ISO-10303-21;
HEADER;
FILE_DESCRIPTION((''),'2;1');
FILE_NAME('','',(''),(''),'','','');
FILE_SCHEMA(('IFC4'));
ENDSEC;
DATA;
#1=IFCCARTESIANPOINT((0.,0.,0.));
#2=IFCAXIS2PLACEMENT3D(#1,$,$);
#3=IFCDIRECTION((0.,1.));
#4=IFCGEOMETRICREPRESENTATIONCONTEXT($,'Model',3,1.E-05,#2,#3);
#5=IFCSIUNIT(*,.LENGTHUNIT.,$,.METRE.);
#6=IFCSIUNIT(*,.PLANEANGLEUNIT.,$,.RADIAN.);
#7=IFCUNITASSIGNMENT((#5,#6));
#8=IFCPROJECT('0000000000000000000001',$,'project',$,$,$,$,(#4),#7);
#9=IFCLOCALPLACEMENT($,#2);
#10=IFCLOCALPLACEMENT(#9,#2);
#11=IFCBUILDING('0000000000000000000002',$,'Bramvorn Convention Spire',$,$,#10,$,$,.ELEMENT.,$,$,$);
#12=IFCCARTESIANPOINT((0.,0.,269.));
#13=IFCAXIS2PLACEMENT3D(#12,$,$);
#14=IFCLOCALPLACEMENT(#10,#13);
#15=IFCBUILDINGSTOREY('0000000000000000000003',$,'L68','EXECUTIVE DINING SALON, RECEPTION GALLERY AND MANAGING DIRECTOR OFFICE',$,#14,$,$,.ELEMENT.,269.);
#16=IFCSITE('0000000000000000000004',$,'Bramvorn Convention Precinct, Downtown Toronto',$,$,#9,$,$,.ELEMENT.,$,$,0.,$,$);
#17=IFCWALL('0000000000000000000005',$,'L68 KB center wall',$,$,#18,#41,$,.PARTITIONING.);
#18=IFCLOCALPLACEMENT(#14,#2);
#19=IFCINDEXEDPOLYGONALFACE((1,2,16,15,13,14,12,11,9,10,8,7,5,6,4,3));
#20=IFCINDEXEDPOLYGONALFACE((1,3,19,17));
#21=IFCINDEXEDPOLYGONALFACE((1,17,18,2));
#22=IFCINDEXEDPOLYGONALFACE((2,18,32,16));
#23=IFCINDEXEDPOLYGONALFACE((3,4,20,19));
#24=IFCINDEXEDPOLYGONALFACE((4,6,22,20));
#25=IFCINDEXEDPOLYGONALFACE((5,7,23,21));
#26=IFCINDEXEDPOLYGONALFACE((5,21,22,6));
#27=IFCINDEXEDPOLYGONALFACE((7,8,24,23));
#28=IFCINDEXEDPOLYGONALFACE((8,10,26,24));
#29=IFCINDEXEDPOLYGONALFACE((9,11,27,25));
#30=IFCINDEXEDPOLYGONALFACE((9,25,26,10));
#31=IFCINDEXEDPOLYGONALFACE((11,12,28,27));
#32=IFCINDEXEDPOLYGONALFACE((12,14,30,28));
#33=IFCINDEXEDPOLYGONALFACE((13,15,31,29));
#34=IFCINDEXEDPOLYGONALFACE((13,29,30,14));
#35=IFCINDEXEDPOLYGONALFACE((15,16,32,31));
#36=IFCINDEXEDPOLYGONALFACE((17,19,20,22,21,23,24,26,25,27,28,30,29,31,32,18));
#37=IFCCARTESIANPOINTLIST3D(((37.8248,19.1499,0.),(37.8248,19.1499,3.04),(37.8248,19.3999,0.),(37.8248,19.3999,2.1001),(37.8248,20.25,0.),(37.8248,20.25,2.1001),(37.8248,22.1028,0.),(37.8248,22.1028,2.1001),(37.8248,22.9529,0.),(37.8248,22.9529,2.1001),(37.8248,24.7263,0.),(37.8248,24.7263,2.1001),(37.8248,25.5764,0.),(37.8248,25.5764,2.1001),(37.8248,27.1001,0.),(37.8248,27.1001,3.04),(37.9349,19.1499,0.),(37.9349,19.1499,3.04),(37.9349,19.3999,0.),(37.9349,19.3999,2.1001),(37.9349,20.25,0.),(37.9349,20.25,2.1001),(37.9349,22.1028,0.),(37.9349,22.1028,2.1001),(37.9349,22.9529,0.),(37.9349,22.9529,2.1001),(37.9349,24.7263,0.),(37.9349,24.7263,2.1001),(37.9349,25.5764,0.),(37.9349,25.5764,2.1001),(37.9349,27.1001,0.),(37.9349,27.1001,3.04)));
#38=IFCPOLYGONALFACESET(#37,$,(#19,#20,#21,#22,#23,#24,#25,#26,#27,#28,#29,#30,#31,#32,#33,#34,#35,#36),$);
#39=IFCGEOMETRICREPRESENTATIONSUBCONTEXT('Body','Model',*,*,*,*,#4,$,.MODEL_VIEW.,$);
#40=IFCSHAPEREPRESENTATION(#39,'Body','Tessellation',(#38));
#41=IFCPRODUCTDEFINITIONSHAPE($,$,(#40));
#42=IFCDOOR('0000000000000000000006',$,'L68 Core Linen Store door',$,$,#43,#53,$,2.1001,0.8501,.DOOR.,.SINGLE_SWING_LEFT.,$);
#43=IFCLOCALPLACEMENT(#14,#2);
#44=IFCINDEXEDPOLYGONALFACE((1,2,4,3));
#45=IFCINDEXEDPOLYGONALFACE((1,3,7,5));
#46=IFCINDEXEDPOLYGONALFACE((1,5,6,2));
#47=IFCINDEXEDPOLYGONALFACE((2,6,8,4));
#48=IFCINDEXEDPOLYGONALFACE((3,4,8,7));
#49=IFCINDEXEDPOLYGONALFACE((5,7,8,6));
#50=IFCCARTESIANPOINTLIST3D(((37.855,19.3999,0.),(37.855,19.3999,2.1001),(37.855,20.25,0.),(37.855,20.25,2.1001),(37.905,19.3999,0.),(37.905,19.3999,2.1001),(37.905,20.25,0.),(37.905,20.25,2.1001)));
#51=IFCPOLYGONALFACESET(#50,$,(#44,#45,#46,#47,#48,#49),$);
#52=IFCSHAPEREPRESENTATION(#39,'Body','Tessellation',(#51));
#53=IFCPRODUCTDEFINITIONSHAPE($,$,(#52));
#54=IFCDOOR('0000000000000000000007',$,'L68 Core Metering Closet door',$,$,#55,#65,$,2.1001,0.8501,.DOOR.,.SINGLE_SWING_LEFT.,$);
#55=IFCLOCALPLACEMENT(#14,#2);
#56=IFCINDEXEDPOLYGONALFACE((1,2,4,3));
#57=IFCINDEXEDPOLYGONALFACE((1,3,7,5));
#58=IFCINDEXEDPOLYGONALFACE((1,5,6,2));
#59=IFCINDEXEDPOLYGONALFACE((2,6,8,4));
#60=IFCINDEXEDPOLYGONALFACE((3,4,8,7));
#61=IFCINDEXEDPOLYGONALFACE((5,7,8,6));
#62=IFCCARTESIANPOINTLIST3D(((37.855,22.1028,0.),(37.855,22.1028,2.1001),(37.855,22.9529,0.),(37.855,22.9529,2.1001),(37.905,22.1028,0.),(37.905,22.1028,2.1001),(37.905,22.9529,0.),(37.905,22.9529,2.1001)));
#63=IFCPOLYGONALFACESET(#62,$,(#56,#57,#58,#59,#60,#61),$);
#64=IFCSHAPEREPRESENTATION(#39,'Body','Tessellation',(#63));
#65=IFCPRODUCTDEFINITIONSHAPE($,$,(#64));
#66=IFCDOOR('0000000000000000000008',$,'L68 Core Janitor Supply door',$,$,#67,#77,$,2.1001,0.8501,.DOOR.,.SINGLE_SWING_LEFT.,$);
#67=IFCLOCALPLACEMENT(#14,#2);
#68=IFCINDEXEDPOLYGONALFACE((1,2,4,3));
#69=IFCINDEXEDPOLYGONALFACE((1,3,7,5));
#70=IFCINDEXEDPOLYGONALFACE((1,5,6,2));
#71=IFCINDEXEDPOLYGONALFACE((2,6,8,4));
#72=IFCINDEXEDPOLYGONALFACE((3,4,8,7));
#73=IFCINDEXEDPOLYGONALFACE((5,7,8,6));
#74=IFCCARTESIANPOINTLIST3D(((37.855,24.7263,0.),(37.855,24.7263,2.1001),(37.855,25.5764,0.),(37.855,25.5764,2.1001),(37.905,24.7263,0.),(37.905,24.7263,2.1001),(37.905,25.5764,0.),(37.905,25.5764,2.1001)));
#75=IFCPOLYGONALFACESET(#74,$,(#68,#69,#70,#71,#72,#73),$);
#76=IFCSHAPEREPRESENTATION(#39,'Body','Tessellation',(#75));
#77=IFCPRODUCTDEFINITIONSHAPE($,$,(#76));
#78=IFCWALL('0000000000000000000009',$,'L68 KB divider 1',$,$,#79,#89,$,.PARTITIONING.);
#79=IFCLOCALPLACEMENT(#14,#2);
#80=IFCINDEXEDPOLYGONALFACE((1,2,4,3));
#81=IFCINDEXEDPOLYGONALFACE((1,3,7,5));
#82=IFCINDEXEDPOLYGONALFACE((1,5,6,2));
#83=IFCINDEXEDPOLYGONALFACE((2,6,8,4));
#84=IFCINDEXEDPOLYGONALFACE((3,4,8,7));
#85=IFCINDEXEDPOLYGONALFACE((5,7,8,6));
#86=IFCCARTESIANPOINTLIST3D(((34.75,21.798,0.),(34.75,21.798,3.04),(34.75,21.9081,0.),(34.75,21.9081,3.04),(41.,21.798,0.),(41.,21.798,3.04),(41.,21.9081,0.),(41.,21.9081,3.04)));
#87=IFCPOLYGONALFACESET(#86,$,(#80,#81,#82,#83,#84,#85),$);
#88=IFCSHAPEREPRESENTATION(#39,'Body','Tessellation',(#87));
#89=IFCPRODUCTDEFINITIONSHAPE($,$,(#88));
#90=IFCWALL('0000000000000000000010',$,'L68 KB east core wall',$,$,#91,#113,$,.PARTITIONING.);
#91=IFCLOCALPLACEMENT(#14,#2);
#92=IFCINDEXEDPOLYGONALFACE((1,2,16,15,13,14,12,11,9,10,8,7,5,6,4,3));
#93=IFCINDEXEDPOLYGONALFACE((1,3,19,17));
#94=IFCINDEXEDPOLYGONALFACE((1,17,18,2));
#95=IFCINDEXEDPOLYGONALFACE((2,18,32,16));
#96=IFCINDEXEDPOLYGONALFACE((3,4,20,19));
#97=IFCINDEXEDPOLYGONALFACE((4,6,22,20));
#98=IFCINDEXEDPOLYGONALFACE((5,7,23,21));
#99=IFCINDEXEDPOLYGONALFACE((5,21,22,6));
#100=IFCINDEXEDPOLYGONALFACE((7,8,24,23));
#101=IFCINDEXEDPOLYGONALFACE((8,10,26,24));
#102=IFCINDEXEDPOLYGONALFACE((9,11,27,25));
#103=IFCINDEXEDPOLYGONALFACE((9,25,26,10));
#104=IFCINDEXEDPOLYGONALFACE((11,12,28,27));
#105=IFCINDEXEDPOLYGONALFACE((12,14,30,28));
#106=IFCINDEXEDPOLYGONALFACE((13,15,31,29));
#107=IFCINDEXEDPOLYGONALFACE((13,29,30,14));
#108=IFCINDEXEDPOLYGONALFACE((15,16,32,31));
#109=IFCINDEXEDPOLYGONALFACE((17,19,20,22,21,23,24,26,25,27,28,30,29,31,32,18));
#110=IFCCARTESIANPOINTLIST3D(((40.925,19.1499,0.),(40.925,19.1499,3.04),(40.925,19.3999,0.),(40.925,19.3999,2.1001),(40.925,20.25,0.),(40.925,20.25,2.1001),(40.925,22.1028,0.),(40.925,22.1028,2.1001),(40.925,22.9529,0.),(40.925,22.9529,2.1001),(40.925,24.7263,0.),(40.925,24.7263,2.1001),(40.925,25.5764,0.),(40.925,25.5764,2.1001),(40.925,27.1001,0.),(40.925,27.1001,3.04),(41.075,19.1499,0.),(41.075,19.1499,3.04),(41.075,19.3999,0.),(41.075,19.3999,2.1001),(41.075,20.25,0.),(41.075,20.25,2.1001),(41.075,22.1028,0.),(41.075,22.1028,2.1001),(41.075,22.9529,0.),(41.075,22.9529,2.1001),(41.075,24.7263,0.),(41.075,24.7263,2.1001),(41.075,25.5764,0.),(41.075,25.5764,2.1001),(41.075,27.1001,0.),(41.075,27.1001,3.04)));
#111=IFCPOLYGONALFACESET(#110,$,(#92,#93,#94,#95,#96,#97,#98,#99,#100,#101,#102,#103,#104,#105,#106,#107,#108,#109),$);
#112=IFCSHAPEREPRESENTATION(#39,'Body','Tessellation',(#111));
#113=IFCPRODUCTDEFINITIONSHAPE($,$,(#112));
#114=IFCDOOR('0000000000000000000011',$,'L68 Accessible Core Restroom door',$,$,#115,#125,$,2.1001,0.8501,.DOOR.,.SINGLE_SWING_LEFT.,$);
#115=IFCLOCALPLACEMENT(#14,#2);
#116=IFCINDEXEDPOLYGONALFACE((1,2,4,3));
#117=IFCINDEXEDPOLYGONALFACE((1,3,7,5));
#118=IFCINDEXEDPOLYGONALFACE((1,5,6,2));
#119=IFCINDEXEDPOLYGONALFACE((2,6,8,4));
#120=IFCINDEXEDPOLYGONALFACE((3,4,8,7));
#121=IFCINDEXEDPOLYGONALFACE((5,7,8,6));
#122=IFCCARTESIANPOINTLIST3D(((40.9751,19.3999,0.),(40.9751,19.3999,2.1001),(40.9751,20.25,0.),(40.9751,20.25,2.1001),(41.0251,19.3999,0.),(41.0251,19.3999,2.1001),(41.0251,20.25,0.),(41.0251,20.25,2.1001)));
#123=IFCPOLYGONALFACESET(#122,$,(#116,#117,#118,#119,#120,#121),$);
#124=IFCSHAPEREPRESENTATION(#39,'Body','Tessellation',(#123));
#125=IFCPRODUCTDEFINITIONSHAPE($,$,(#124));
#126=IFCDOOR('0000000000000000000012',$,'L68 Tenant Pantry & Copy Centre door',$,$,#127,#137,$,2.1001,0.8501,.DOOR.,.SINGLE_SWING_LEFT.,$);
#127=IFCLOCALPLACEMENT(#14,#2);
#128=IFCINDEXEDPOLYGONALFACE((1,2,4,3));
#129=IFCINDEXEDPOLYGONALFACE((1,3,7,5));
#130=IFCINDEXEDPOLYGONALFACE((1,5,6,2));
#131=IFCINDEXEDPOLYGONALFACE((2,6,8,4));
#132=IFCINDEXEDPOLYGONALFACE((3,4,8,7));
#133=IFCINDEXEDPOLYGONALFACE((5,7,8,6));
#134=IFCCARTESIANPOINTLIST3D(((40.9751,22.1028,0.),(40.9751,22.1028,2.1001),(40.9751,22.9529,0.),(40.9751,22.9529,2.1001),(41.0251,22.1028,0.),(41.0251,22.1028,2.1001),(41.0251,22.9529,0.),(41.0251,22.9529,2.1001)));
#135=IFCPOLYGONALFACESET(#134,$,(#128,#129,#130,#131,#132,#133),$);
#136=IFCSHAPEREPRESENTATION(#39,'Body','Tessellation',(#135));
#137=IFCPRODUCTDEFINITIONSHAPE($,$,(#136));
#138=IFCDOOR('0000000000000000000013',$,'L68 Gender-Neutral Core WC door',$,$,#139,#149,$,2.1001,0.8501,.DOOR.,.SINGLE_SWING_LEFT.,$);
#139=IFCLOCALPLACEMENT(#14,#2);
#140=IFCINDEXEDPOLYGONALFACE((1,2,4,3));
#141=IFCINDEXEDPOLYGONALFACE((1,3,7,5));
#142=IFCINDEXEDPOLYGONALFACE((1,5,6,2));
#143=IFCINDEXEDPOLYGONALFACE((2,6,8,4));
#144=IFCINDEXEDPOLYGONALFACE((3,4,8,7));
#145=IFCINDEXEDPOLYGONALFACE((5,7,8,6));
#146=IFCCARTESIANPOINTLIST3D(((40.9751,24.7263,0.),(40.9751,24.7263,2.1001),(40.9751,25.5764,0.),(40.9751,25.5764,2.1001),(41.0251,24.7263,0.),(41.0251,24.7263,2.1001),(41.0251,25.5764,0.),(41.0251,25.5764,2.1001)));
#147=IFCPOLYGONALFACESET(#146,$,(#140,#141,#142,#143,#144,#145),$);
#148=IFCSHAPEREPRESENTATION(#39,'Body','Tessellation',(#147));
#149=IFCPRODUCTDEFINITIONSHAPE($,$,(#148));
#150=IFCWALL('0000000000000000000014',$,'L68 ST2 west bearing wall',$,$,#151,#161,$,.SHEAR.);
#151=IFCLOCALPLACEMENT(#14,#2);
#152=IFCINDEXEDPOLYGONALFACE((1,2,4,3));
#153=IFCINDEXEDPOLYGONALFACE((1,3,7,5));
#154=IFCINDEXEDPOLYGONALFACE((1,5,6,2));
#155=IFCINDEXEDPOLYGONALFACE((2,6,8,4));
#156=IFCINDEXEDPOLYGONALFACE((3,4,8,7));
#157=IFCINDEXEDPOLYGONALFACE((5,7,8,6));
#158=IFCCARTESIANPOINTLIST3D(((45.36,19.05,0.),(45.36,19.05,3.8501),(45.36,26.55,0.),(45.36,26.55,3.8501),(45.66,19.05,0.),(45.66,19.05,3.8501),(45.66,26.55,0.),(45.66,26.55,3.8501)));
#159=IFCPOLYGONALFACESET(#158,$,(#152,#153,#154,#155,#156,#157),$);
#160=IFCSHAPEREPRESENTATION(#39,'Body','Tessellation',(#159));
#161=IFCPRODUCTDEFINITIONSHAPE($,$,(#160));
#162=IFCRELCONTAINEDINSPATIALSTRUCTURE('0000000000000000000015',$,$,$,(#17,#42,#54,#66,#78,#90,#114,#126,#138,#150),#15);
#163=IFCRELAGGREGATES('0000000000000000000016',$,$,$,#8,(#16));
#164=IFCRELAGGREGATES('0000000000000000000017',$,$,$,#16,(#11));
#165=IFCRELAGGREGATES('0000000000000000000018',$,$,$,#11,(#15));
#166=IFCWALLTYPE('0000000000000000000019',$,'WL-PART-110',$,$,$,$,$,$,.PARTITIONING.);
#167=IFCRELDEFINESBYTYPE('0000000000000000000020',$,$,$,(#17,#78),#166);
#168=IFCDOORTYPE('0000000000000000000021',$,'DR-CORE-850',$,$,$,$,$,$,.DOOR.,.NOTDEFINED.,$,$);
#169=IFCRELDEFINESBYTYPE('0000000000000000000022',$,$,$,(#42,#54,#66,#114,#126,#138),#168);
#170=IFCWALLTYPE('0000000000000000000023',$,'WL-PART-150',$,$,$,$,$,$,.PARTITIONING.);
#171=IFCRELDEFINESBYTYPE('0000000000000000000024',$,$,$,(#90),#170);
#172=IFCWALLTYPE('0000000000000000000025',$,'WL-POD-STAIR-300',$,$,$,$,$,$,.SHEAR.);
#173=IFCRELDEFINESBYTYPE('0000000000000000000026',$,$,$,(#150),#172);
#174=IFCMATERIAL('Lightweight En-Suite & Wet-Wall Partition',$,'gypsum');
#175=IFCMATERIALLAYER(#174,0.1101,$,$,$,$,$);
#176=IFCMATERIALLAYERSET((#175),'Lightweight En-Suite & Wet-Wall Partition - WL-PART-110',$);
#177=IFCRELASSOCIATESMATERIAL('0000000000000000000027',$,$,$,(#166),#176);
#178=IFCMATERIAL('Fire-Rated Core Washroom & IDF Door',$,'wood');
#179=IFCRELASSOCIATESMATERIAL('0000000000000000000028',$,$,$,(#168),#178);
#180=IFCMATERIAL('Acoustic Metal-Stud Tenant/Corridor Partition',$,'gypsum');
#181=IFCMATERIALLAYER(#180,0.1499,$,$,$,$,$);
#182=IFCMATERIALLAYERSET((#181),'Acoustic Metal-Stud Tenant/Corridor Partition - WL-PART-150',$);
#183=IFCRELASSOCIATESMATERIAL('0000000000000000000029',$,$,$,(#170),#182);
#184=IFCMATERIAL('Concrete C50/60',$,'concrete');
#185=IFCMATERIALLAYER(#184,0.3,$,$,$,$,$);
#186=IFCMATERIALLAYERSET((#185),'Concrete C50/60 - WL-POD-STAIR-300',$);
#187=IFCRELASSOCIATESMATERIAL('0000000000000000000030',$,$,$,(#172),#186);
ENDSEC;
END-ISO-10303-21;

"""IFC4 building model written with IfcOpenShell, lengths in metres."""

from ifc_helpers import new_model, si_unit, direction, frame, frame_2d, origin, place, context, subcontext, project, spatial, rectangle, extrude, material, layer, layer_set, type_object, element, fill, save


model = new_model("IFC4")

# Units and contexts
model_context = context("Model", 3, precision=1e-05, world=origin(), true_north=direction((0.0, 1.0)))
body_context = subcontext(model_context, "Body", "Model", "MODEL_VIEW")
ifc_project = project(units=[si_unit("LENGTHUNIT", "METRE"), si_unit("PLANEANGLEUNIT", "RADIAN")], contexts=[model_context])

# Site, building, storey
site_placement = place(None, origin())
site = spatial("IfcSite", under=ifc_project, at=site_placement, Name="Bramvorn Convention Precinct, Downtown Toronto", CompositionType="ELEMENT", RefElevation=0.0)
building_placement = place(site_placement, origin())
building = spatial("IfcBuilding", under=site, at=building_placement, Name="Bramvorn Convention Spire", CompositionType="ELEMENT")
storey_placement = place(building_placement, frame((0.0, 0.0, 269.0)))
storey = spatial("IfcBuildingStorey", under=building, at=storey_placement, Name="L68", Description="EXECUTIVE DINING SALON, RECEPTION GALLERY AND MANAGING DIRECTOR OFFICE", CompositionType="ELEMENT", Elevation=269.0)

# Shared definitions
ifc_material_1 = material(Name="Concrete C50/60", Category="concrete")

# Wall, openings, doors
ifc_material_2 = material(Name="Lightweight En-Suite & Wet-Wall Partition", Category="gypsum")
ifc_layer_1 = layer(ifc_material_2, 0.1101)
ifc_layer_set_1 = layer_set([ifc_layer_1], Name="Lightweight En-Suite & Wet-Wall Partition - WL-PART-110")
wall_type_1 = type_object("IfcWallType", Name="WL-PART-110", PredefinedType="PARTITIONING", material=ifc_layer_set_1)
wall_1_placement = place(storey_placement, frame((37.8799, 19.1499, 0.0), z_axis=(0.0, 0.0, 1.0), x_axis=(0.0, 1.0, 0.0)))
wall_1 = element("IfcWall", 1, at=wall_1_placement, inside=storey, type_object=wall_type_1, Name="L68 KB center wall", PredefinedType="PARTITIONING", context=body_context, shape_type="SweptSolid", body=[
    extrude(rectangle(XDim=7.9502, YDim=0.1101, at=frame_2d((3.9751, 0.0))), origin(), (0.0, 0.0, 1.0), 3.04),
])
opening_1_placement = place(wall_1_placement, frame((0.25, 0.0, 0.0)))
opening_1 = element("IfcOpeningElement", 2, at=opening_1_placement, cuts=wall_1, PredefinedType="OPENING", context=body_context, shape_type="SweptSolid", body=[
    extrude(rectangle(XDim=0.8501, YDim=2.1001, at=frame_2d((0.425, 1.05))), frame((0.0, 0.0649, 0.0), z_axis=(0.0, -1.0, 0.0), x_axis=(1.0, 0.0, 0.0)), (0.0, 0.0, 1.0), 0.1301),
])
opening_2_placement = place(wall_1_placement, frame((2.9529, 0.0, 0.0)))
opening_2 = element("IfcOpeningElement", 3, at=opening_2_placement, cuts=wall_1, PredefinedType="OPENING", context=body_context, shape_type="SweptSolid", body=[
    extrude(rectangle(XDim=0.8501, YDim=2.1001, at=frame_2d((0.425, 1.05))), frame((0.0, 0.0649, 0.0), z_axis=(0.0, -1.0, 0.0), x_axis=(1.0, 0.0, 0.0)), (0.0, 0.0, 1.0), 0.1301),
])
opening_3_placement = place(wall_1_placement, frame((5.5764, 0.0, 0.0)))
opening_3 = element("IfcOpeningElement", 4, at=opening_3_placement, cuts=wall_1, PredefinedType="OPENING", context=body_context, shape_type="SweptSolid", body=[
    extrude(rectangle(XDim=0.8501, YDim=2.1001, at=frame_2d((0.425, 1.05))), frame((0.0, 0.0649, 0.0), z_axis=(0.0, -1.0, 0.0), x_axis=(1.0, 0.0, 0.0)), (0.0, 0.0, 1.0), 0.1301),
])
ifc_material_3 = material(Name="Fire-Rated Core Washroom & IDF Door", Category="wood")
door_type_1 = type_object("IfcDoorType", Name="DR-CORE-850", OperationType="NOTDEFINED", PredefinedType="DOOR", material=ifc_material_3)
door_1_placement = place(opening_1_placement, origin())
door_1 = element("IfcDoor", 5, at=door_1_placement, inside=storey, type_object=door_type_1, Name="L68 Core Linen Store door", OperationType="SINGLE_SWING_LEFT", OverallHeight=2.1001, OverallWidth=0.8501, PredefinedType="DOOR", context=body_context, shape_type="SweptSolid", body=[
    extrude(rectangle(XDim=0.8501, YDim=2.1001, at=frame_2d((0.425, 1.05))), frame((0.0, 0.0249, 0.0), z_axis=(0.0, -1.0, 0.0), x_axis=(1.0, 0.0, 0.0)), (0.0, 0.0, 1.0), 0.05),
])
fill(opening_1, door_1)
door_2_placement = place(opening_2_placement, origin())
door_2 = element("IfcDoor", 6, at=door_2_placement, inside=storey, type_object=door_type_1, Name="L68 Core Metering Closet door", OperationType="SINGLE_SWING_LEFT", OverallHeight=2.1001, OverallWidth=0.8501, PredefinedType="DOOR", context=body_context, shape_type="SweptSolid", body=[
    extrude(rectangle(XDim=0.8501, YDim=2.1001, at=frame_2d((0.425, 1.05))), frame((0.0, 0.0249, 0.0), z_axis=(0.0, -1.0, 0.0), x_axis=(1.0, 0.0, 0.0)), (0.0, 0.0, 1.0), 0.05),
])
fill(opening_2, door_2)
door_3_placement = place(opening_3_placement, origin())
door_3 = element("IfcDoor", 7, at=door_3_placement, inside=storey, type_object=door_type_1, Name="L68 Core Janitor Supply door", OperationType="SINGLE_SWING_LEFT", OverallHeight=2.1001, OverallWidth=0.8501, PredefinedType="DOOR", context=body_context, shape_type="SweptSolid", body=[
    extrude(rectangle(XDim=0.8501, YDim=2.1001, at=frame_2d((0.425, 1.05))), frame((0.0, 0.0249, 0.0), z_axis=(0.0, -1.0, 0.0), x_axis=(1.0, 0.0, 0.0)), (0.0, 0.0, 1.0), 0.05),
])
fill(opening_3, door_3)

# Wall
wall_2_placement = place(storey_placement, frame((34.75, 21.853, 0.0), z_axis=(0.0, 0.0, 1.0), x_axis=(1.0, 0.0, 0.0)))
element("IfcWall", 8, at=wall_2_placement, inside=storey, type_object=wall_type_1, Name="L68 KB divider 1", PredefinedType="PARTITIONING", context=body_context, shape_type="SweptSolid", body=[
    extrude(rectangle(XDim=6.25, YDim=0.1101, at=frame_2d((3.125, 0.0))), origin(), (0.0, 0.0, 1.0), 3.04),
])

# Wall, openings, doors
ifc_material_4 = material(Name="Acoustic Metal-Stud Tenant/Corridor Partition", Category="gypsum")
ifc_layer_2 = layer(ifc_material_4, 0.1499)
ifc_layer_set_2 = layer_set([ifc_layer_2], Name="Acoustic Metal-Stud Tenant/Corridor Partition - WL-PART-150")
wall_type_2 = type_object("IfcWallType", Name="WL-PART-150", PredefinedType="PARTITIONING", material=ifc_layer_set_2)
wall_3_placement = place(storey_placement, frame((41.0, 19.1499, 0.0), z_axis=(0.0, 0.0, 1.0), x_axis=(0.0, 1.0, 0.0)))
wall_3 = element("IfcWall", 9, at=wall_3_placement, inside=storey, type_object=wall_type_2, Name="L68 KB east core wall", PredefinedType="PARTITIONING", context=body_context, shape_type="SweptSolid", body=[
    extrude(rectangle(XDim=7.9502, YDim=0.1499, at=frame_2d((3.9751, 0.0))), origin(), (0.0, 0.0, 1.0), 3.04),
])
opening_4_placement = place(wall_3_placement, frame((0.25, 0.0, 0.0)))
opening_4 = element("IfcOpeningElement", 10, at=opening_4_placement, cuts=wall_3, PredefinedType="OPENING", context=body_context, shape_type="SweptSolid", body=[
    extrude(rectangle(XDim=0.8501, YDim=2.1001, at=frame_2d((0.425, 1.05))), frame((0.0, 0.085, 0.0), z_axis=(0.0, -1.0, 0.0), x_axis=(1.0, 0.0, 0.0)), (0.0, 0.0, 1.0), 0.1699),
])
opening_5_placement = place(wall_3_placement, frame((2.9529, 0.0, 0.0)))
opening_5 = element("IfcOpeningElement", 11, at=opening_5_placement, cuts=wall_3, PredefinedType="OPENING", context=body_context, shape_type="SweptSolid", body=[
    extrude(rectangle(XDim=0.8501, YDim=2.1001, at=frame_2d((0.425, 1.05))), frame((0.0, 0.085, 0.0), z_axis=(0.0, -1.0, 0.0), x_axis=(1.0, 0.0, 0.0)), (0.0, 0.0, 1.0), 0.1699),
])
opening_6_placement = place(wall_3_placement, frame((5.5764, 0.0, 0.0)))
opening_6 = element("IfcOpeningElement", 12, at=opening_6_placement, cuts=wall_3, PredefinedType="OPENING", context=body_context, shape_type="SweptSolid", body=[
    extrude(rectangle(XDim=0.8501, YDim=2.1001, at=frame_2d((0.425, 1.05))), frame((0.0, 0.085, 0.0), z_axis=(0.0, -1.0, 0.0), x_axis=(1.0, 0.0, 0.0)), (0.0, 0.0, 1.0), 0.1699),
])
door_4_placement = place(opening_4_placement, origin())
door_4 = element("IfcDoor", 13, at=door_4_placement, inside=storey, type_object=door_type_1, Name="L68 Accessible Core Restroom door", OperationType="SINGLE_SWING_LEFT", OverallHeight=2.1001, OverallWidth=0.8501, PredefinedType="DOOR", context=body_context, shape_type="SweptSolid", body=[
    extrude(rectangle(XDim=0.8501, YDim=2.1001, at=frame_2d((0.425, 1.05))), frame((0.0, 0.0249, 0.0), z_axis=(0.0, -1.0, 0.0), x_axis=(1.0, 0.0, 0.0)), (0.0, 0.0, 1.0), 0.05),
])
fill(opening_4, door_4)
door_5_placement = place(opening_5_placement, origin())
door_5 = element("IfcDoor", 14, at=door_5_placement, inside=storey, type_object=door_type_1, Name="L68 Tenant Pantry & Copy Centre door", OperationType="SINGLE_SWING_LEFT", OverallHeight=2.1001, OverallWidth=0.8501, PredefinedType="DOOR", context=body_context, shape_type="SweptSolid", body=[
    extrude(rectangle(XDim=0.8501, YDim=2.1001, at=frame_2d((0.425, 1.05))), frame((0.0, 0.0249, 0.0), z_axis=(0.0, -1.0, 0.0), x_axis=(1.0, 0.0, 0.0)), (0.0, 0.0, 1.0), 0.05),
])
fill(opening_5, door_5)
door_6_placement = place(opening_6_placement, origin())
door_6 = element("IfcDoor", 15, at=door_6_placement, inside=storey, type_object=door_type_1, Name="L68 Gender-Neutral Core WC door", OperationType="SINGLE_SWING_LEFT", OverallHeight=2.1001, OverallWidth=0.8501, PredefinedType="DOOR", context=body_context, shape_type="SweptSolid", body=[
    extrude(rectangle(XDim=0.8501, YDim=2.1001, at=frame_2d((0.425, 1.05))), frame((0.0, 0.0249, 0.0), z_axis=(0.0, -1.0, 0.0), x_axis=(1.0, 0.0, 0.0)), (0.0, 0.0, 1.0), 0.05),
])
fill(opening_6, door_6)

# Wall
ifc_layer_3 = layer(ifc_material_1, 0.3)
ifc_layer_set_3 = layer_set([ifc_layer_3], Name="Concrete C50/60 - WL-POD-STAIR-300")
wall_type_3 = type_object("IfcWallType", Name="WL-POD-STAIR-300", PredefinedType="SHEAR", material=ifc_layer_set_3)
wall_4_placement = place(storey_placement, frame((45.51, 19.05, 0.0), z_axis=(0.0, 0.0, 1.0), x_axis=(0.0, 1.0, 0.0)))
element("IfcWall", 16, at=wall_4_placement, inside=storey, type_object=wall_type_3, Name="L68 ST2 west bearing wall", PredefinedType="SHEAR", context=body_context, shape_type="SweptSolid", body=[
    extrude(rectangle(XDim=7.5, YDim=0.3, at=frame_2d((3.75, 0.0))), origin(), (0.0, 0.0, 1.0), 3.8501),
])

save(model, "model.ifc")
